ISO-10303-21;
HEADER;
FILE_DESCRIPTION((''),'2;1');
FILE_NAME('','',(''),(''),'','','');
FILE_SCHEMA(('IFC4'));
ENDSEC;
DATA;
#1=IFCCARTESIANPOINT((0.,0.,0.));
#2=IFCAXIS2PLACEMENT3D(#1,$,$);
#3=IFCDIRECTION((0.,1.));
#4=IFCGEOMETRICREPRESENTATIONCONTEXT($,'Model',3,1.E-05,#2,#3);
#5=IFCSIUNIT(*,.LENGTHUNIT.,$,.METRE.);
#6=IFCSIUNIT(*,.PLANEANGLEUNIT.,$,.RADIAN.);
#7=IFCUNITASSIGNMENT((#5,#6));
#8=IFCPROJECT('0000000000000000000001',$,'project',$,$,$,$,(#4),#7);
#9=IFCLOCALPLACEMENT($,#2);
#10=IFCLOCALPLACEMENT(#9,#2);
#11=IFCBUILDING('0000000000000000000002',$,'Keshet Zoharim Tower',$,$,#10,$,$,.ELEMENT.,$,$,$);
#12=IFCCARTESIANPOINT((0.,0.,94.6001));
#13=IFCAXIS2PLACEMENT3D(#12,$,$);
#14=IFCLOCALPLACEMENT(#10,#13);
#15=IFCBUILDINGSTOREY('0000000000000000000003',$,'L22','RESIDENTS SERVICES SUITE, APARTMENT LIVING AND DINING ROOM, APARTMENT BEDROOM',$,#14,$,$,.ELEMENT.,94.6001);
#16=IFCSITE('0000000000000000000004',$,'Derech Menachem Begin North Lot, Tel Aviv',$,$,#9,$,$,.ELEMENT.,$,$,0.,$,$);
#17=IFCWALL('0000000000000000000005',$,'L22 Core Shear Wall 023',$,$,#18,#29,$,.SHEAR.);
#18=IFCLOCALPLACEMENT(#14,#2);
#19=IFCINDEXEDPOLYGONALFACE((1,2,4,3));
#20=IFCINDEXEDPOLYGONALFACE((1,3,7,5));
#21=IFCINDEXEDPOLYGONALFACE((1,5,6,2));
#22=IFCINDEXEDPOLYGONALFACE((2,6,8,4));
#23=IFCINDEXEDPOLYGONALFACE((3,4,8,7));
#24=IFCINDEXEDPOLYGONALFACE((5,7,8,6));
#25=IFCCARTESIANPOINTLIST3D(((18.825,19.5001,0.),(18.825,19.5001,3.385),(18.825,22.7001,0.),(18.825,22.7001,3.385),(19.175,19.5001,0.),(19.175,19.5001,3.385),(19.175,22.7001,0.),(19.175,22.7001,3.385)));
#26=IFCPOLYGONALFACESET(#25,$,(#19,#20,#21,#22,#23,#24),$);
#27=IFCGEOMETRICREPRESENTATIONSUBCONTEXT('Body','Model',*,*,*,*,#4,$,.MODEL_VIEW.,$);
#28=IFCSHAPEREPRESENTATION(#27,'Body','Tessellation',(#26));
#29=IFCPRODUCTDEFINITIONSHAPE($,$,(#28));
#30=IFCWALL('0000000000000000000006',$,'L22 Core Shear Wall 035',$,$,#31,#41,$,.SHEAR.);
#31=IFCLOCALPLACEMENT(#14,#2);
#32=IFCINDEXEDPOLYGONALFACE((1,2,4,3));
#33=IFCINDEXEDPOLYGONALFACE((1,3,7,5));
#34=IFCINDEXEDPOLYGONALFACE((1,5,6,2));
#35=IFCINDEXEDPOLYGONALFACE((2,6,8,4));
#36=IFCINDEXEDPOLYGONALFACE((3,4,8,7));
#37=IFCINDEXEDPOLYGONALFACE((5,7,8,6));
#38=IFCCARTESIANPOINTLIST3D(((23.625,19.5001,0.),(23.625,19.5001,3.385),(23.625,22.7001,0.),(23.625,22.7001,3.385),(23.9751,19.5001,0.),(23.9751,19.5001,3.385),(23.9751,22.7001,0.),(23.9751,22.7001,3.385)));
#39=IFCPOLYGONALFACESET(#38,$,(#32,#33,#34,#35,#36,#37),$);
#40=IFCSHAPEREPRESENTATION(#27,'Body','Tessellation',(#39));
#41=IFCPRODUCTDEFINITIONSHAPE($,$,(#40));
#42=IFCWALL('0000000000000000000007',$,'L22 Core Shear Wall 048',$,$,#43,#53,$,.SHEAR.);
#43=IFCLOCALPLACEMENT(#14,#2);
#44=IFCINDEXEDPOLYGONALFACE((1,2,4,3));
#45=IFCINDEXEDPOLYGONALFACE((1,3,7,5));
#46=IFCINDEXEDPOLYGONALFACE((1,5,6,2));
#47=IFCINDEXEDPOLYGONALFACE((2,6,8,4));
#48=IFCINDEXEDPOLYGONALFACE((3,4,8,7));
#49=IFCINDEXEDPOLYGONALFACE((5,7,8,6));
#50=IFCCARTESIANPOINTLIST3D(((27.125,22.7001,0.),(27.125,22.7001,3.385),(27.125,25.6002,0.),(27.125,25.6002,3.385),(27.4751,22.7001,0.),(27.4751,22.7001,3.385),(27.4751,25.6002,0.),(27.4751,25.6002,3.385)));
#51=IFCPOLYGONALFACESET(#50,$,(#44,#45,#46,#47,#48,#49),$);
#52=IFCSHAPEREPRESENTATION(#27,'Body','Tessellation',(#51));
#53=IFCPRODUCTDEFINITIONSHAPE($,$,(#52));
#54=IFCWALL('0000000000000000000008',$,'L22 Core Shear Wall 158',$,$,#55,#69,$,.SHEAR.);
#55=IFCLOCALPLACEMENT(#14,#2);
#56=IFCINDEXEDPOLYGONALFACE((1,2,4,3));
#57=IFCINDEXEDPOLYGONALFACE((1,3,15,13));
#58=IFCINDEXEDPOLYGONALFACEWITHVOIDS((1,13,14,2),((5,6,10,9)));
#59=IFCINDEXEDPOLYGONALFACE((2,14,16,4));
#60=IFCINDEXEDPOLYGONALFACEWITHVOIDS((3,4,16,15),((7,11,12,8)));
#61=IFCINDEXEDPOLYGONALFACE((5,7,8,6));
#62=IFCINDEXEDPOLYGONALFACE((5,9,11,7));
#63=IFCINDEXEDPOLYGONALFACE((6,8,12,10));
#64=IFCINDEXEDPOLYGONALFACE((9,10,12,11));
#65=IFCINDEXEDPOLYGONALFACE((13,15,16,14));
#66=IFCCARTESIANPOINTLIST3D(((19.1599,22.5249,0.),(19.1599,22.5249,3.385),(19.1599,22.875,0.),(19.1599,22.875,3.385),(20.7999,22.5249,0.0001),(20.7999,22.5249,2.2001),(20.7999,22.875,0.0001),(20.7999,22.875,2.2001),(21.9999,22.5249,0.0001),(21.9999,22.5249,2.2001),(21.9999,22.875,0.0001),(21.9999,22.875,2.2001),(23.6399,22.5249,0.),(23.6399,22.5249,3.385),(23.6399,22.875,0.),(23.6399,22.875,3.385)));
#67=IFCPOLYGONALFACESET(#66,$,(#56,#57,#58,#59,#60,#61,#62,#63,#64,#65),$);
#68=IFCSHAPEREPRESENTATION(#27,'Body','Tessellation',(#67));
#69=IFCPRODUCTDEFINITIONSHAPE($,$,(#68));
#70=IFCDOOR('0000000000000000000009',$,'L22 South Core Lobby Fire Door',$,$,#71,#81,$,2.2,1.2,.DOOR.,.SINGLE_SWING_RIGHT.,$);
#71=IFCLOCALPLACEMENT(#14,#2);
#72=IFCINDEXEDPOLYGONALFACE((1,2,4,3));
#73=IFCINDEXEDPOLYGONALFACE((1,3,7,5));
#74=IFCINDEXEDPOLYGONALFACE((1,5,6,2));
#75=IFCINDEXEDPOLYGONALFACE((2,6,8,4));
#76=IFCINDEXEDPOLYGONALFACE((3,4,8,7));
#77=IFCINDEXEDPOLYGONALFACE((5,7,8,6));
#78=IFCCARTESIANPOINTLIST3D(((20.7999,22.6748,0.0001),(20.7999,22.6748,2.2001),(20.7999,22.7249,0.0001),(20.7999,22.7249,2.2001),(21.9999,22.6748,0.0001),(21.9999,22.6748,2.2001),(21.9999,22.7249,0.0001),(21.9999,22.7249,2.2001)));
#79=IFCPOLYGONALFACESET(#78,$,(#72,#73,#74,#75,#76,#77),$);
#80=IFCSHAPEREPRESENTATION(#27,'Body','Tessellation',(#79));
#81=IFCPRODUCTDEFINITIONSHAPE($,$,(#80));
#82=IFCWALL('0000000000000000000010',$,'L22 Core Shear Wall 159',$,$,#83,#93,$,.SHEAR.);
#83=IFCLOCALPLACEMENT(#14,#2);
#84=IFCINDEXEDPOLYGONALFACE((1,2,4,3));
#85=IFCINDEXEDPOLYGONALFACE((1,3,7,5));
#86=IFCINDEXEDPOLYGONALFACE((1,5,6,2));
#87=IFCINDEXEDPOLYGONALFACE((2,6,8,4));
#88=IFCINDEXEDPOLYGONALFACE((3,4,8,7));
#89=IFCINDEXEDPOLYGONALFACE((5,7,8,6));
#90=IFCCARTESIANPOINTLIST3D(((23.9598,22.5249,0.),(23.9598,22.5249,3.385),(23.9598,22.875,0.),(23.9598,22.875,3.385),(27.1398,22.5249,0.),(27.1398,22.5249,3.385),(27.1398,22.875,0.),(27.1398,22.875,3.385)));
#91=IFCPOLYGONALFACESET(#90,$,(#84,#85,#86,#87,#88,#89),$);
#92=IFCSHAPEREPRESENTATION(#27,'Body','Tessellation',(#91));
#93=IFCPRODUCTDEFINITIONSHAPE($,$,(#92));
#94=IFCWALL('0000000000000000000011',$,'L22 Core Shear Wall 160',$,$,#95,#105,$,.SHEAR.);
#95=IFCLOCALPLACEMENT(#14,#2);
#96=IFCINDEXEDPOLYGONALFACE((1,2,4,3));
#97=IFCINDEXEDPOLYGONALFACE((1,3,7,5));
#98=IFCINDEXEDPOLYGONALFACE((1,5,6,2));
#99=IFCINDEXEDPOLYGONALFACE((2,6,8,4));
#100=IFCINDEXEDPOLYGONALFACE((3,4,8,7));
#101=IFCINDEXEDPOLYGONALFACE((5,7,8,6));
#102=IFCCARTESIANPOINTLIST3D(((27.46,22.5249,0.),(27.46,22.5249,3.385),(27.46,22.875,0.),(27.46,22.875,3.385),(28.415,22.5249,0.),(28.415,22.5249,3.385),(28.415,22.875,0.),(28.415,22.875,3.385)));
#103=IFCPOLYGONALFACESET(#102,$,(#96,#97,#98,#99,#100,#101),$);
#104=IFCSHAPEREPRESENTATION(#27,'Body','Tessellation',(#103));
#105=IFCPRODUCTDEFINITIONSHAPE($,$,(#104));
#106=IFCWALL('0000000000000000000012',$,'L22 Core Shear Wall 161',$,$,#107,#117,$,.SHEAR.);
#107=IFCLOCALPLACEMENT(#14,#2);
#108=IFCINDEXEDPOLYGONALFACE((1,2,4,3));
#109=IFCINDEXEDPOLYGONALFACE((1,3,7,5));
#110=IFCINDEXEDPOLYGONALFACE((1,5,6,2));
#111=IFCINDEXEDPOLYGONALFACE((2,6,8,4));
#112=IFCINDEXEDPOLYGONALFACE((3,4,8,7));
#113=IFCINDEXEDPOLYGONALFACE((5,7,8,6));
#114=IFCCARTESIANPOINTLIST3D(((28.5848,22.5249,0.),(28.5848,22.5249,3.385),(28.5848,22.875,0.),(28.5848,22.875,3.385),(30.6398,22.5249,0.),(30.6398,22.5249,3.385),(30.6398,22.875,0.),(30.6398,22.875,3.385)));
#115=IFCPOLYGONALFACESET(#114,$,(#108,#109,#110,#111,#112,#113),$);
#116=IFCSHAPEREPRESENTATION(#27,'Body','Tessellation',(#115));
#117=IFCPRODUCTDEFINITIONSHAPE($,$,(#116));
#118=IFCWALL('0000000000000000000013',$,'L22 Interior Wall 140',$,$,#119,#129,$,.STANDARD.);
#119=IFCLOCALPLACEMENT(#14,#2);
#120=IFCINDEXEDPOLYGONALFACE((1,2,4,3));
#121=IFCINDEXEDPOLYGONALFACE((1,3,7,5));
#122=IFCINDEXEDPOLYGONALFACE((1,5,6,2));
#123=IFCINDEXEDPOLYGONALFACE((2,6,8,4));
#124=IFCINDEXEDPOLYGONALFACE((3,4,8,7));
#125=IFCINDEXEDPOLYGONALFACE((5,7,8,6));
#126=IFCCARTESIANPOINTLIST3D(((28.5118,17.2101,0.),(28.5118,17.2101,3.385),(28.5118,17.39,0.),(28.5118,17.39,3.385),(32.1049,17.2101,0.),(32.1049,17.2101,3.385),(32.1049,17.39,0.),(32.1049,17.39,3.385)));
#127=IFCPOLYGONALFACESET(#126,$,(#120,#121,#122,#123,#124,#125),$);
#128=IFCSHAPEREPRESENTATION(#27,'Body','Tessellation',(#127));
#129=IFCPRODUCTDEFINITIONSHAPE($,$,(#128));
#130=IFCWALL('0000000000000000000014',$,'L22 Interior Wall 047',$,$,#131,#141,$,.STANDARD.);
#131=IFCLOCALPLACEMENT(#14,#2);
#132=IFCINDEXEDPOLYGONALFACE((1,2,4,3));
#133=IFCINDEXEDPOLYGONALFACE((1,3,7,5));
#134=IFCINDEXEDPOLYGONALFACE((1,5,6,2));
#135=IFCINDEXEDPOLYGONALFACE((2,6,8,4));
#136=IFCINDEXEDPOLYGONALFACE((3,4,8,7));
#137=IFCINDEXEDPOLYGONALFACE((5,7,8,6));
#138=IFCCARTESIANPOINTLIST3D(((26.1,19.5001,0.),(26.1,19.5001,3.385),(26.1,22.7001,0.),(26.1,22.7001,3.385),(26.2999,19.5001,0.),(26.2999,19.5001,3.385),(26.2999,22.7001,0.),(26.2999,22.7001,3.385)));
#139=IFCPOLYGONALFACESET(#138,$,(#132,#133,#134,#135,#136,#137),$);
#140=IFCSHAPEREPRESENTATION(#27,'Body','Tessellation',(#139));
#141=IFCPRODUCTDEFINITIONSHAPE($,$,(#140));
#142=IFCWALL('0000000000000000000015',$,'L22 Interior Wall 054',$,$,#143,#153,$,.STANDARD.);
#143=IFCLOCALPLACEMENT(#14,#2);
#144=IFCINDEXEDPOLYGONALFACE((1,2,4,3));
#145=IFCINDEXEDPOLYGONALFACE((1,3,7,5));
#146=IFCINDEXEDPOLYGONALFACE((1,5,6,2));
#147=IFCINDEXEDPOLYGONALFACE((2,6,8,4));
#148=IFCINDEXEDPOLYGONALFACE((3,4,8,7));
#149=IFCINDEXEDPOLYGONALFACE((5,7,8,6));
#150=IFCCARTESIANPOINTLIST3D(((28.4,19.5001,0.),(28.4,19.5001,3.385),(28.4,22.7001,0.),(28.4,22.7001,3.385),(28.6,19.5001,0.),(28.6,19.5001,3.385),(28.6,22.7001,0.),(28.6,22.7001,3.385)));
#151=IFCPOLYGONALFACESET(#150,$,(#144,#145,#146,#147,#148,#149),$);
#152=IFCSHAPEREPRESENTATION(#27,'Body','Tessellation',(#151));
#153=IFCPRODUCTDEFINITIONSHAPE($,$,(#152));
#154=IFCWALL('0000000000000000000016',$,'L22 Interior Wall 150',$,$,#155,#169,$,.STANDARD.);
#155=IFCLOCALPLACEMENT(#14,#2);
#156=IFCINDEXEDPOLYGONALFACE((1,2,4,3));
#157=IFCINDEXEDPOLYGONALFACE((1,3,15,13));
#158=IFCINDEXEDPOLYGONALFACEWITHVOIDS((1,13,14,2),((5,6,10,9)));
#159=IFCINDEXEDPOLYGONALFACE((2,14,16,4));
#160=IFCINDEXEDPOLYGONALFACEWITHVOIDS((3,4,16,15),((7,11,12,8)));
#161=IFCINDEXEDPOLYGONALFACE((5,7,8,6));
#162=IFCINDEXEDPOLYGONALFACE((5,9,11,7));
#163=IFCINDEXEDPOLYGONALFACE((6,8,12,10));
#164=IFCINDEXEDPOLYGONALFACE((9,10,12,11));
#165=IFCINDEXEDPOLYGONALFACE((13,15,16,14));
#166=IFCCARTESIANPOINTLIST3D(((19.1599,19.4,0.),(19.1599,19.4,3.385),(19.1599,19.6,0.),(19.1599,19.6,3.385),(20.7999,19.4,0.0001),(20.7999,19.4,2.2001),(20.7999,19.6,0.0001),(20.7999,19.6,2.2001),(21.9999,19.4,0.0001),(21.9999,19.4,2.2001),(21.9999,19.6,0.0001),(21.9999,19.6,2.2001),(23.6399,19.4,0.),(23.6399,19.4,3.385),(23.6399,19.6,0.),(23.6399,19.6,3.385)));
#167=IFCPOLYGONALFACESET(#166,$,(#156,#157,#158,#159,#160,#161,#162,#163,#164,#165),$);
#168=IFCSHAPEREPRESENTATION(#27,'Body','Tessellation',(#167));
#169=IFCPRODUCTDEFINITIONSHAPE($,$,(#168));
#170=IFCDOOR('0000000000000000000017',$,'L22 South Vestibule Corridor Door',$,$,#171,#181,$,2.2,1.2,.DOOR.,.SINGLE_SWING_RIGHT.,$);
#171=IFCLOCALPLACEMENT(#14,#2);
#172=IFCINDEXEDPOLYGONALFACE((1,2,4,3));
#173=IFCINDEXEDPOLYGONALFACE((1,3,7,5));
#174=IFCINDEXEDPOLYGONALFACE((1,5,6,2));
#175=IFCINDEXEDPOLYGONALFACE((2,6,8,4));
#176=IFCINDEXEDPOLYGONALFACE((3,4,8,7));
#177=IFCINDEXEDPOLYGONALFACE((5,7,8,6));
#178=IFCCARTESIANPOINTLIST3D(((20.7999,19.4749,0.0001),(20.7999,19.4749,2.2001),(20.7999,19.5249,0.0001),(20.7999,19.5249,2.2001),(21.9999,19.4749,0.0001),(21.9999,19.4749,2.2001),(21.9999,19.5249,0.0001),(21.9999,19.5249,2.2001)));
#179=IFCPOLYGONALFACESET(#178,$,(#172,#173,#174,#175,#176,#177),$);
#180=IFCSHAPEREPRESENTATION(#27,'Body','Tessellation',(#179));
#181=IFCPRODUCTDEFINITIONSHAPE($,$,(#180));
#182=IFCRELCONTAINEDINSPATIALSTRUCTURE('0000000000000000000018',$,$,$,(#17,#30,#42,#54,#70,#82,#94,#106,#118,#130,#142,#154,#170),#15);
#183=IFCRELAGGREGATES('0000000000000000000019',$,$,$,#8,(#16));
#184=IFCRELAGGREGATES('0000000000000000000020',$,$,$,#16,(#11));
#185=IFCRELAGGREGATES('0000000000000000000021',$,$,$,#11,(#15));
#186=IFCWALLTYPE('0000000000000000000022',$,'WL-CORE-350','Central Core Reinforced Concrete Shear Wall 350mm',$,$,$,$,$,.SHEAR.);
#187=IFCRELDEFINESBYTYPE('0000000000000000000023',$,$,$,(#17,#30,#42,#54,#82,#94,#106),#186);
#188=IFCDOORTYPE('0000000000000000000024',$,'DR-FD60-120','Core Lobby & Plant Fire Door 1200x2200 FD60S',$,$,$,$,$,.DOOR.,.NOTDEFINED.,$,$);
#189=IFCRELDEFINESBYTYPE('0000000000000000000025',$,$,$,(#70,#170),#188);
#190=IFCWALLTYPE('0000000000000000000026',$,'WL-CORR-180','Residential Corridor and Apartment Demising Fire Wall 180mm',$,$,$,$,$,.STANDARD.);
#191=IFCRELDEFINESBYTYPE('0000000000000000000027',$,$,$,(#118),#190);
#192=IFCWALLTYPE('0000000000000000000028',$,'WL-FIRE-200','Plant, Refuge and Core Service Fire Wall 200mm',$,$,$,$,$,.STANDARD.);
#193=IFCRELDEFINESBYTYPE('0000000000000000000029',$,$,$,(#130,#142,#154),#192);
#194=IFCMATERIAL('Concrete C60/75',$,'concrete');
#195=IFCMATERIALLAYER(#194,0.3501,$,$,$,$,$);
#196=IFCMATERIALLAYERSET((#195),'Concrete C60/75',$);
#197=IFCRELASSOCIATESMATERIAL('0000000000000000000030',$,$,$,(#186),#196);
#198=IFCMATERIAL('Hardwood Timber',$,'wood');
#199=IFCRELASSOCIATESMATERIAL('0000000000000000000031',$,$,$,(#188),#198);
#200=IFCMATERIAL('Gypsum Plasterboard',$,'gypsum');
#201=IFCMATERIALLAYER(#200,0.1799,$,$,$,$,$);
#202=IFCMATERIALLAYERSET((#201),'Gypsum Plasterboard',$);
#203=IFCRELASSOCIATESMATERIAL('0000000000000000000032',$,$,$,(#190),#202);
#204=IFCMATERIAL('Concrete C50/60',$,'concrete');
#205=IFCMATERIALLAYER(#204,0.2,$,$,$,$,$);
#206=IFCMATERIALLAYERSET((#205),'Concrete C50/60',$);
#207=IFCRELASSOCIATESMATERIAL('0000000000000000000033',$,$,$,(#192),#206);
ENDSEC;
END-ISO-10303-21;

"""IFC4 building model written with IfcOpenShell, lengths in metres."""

from ifc_helpers import new_model, si_unit, direction, frame, frame_2d, origin, place, context, subcontext, project, spatial, rectangle, extrude, material, layer, layer_set, type_object, element, fill, save


model = new_model("IFC4")

# Units and contexts
model_context = context("Model", 3, precision=1e-05, world=origin(), true_north=direction((0.0, 1.0)))
body_context = subcontext(model_context, "Body", "Model", "MODEL_VIEW")
ifc_project = project(units=[si_unit("LENGTHUNIT", "METRE"), si_unit("PLANEANGLEUNIT", "RADIAN")], contexts=[model_context])

# Site, building, storey
site_placement = place(None, origin())
site = spatial("IfcSite", under=ifc_project, at=site_placement, Name="Derech Menachem Begin North Lot, Tel Aviv", CompositionType="ELEMENT", RefElevation=0.0)
building_placement = place(site_placement, origin())
building = spatial("IfcBuilding", under=site, at=building_placement, Name="Keshet Zoharim Tower", CompositionType="ELEMENT")
storey_placement = place(building_placement, frame((0.0, 0.0, 94.6001)))
storey = spatial("IfcBuildingStorey", under=building, at=storey_placement, Name="L22", Description="RESIDENTS SERVICES SUITE, APARTMENT LIVING AND DINING ROOM, APARTMENT BEDROOM", CompositionType="ELEMENT", Elevation=94.6001)

# Wall
ifc_material_1 = material(Name="Concrete C60/75", Category="concrete")
ifc_layer_1 = layer(ifc_material_1, 0.3501)
ifc_layer_set_1 = layer_set([ifc_layer_1], Name="Concrete C60/75")
wall_type_1 = type_object("IfcWallType", Name="WL-CORE-350", Description="Central Core Reinforced Concrete Shear Wall 350mm", PredefinedType="SHEAR", material=ifc_layer_set_1)
wall_1_placement = place(storey_placement, frame((19.0, 19.5, 0.0), z_axis=(0.0, 0.0, 1.0), x_axis=(0.0, 1.0, 0.0)))
element("IfcWall", 1, at=wall_1_placement, inside=storey, type_object=wall_type_1, Name="L22 Core Shear Wall 023", PredefinedType="SHEAR", context=body_context, shape_type="SweptSolid", body=[
    extrude(rectangle(XDim=3.2, YDim=0.3501, at=frame_2d((1.6001, 0.0))), origin(), (0.0, 0.0, 1.0), 3.385),
])

# Shared definitions
ifc_material_2 = material(Name="Hardwood Timber", Category="wood")

# Wall
wall_2_placement = place(storey_placement, frame((23.8, 19.5, 0.0), z_axis=(0.0, 0.0, 1.0), x_axis=(0.0, 1.0, 0.0)))
element("IfcWall", 2, at=wall_2_placement, inside=storey, type_object=wall_type_1, Name="L22 Core Shear Wall 035", PredefinedType="SHEAR", context=body_context, shape_type="SweptSolid", body=[
    extrude(rectangle(XDim=3.2, YDim=0.3501, at=frame_2d((1.6001, 0.0))), origin(), (0.0, 0.0, 1.0), 3.385),
])

# Wall
wall_3_placement = place(storey_placement, frame((27.3, 22.7, 0.0), z_axis=(0.0, 0.0, 1.0), x_axis=(0.0, 1.0, 0.0)))
element("IfcWall", 3, at=wall_3_placement, inside=storey, type_object=wall_type_1, Name="L22 Core Shear Wall 048", PredefinedType="SHEAR", context=body_context, shape_type="SweptSolid", body=[
    extrude(rectangle(XDim=2.9001, YDim=0.3501, at=frame_2d((1.4502, 0.0))), origin(), (0.0, 0.0, 1.0), 3.385),
])

# Wall, opening, door
wall_4_placement = place(storey_placement, frame((19.1599, 22.7, 0.0), z_axis=(0.0, 0.0, 1.0), x_axis=(1.0, 0.0, 0.0)))
wall_4 = element("IfcWall", 4, at=wall_4_placement, inside=storey, type_object=wall_type_1, Name="L22 Core Shear Wall 158", PredefinedType="SHEAR", context=body_context, shape_type="SweptSolid", body=[
    extrude(rectangle(XDim=4.48, YDim=0.3501, at=frame_2d((2.24, 0.0))), origin(), (0.0, 0.0, 1.0), 3.385),
])
opening_1_placement = place(wall_4_placement, frame((1.6399, 0.0, 0.0)))
opening_1 = element("IfcOpeningElement", 5, at=opening_1_placement, cuts=wall_4, PredefinedType="OPENING", context=body_context, shape_type="SweptSolid", body=[
    extrude(rectangle(XDim=1.2, YDim=2.2, at=frame_2d((0.6001, 1.1001))), frame((0.0, 0.1851, 0.0), z_axis=(0.0, -1.0, 0.0), x_axis=(1.0, 0.0, 0.0)), (0.0, 0.0, 1.0), 0.3701),
])
door_type_1 = type_object("IfcDoorType", Name="DR-FD60-120", Description="Core Lobby & Plant Fire Door 1200x2200 FD60S", OperationType="NOTDEFINED", PredefinedType="DOOR", material=ifc_material_2)
door_1_placement = place(opening_1_placement, origin())
door_1 = element("IfcDoor", 6, at=door_1_placement, inside=storey, type_object=door_type_1, Name="L22 South Core Lobby Fire Door", OperationType="SINGLE_SWING_RIGHT", OverallHeight=2.2, OverallWidth=1.2, PredefinedType="DOOR", context=body_context, shape_type="SweptSolid", body=[
    extrude(rectangle(XDim=1.2, YDim=2.2, at=frame_2d((0.6001, 1.1001))), frame((0.0, 0.0249, 0.0), z_axis=(0.0, -1.0, 0.0), x_axis=(1.0, 0.0, 0.0)), (0.0, 0.0, 1.0), 0.05),
])
fill(opening_1, door_1)

# Walls
wall_5_placement = place(storey_placement, frame((23.96, 22.7, 0.0), z_axis=(0.0, 0.0, 1.0), x_axis=(1.0, 0.0, 0.0)))
element("IfcWall", 7, at=wall_5_placement, inside=storey, type_object=wall_type_1, Name="L22 Core Shear Wall 159", PredefinedType="SHEAR", context=body_context, shape_type="SweptSolid", body=[
    extrude(rectangle(XDim=3.1799, YDim=0.3501, at=frame_2d((1.5898, 0.0))), origin(), (0.0, 0.0, 1.0), 3.385),
])
wall_6_placement = place(storey_placement, frame((27.46, 22.7, 0.0), z_axis=(0.0, 0.0, 1.0), x_axis=(1.0, 0.0, 0.0)))
element("IfcWall", 8, at=wall_6_placement, inside=storey, type_object=wall_type_1, Name="L22 Core Shear Wall 160", PredefinedType="SHEAR", context=body_context, shape_type="SweptSolid", body=[
    extrude(rectangle(XDim=0.9551, YDim=0.3501, at=frame_2d((0.4775, 0.0))), origin(), (0.0, 0.0, 1.0), 3.385),
])
wall_7_placement = place(storey_placement, frame((28.585, 22.7, 0.0), z_axis=(0.0, 0.0, 1.0), x_axis=(1.0, 0.0, 0.0)))
element("IfcWall", 9, at=wall_7_placement, inside=storey, type_object=wall_type_1, Name="L22 Core Shear Wall 161", PredefinedType="SHEAR", context=body_context, shape_type="SweptSolid", body=[
    extrude(rectangle(XDim=2.0549, YDim=0.3501, at=frame_2d((1.0273, 0.0))), origin(), (0.0, 0.0, 1.0), 3.385),
])
ifc_material_3 = material(Name="Gypsum Plasterboard", Category="gypsum")
ifc_layer_2 = layer(ifc_material_3, 0.1799)
ifc_layer_set_2 = layer_set([ifc_layer_2], Name="Gypsum Plasterboard")
wall_type_2 = type_object("IfcWallType", Name="WL-CORR-180", Description="Residential Corridor and Apartment Demising Fire Wall 180mm", PredefinedType="STANDARD", material=ifc_layer_set_2)
wall_8_placement = place(storey_placement, frame((28.512, 17.3, 0.0), z_axis=(0.0, 0.0, 1.0), x_axis=(1.0, 0.0, 0.0)))
element("IfcWall", 10, at=wall_8_placement, inside=storey, type_object=wall_type_2, Name="L22 Interior Wall 140", PredefinedType="STANDARD", context=body_context, shape_type="SweptSolid", body=[
    extrude(rectangle(XDim=3.593, YDim=0.1799, at=frame_2d((1.7964, 0.0))), origin(), (0.0, 0.0, 1.0), 3.385),
])
ifc_material_4 = material(Name="Concrete C50/60", Category="concrete")
ifc_layer_3 = layer(ifc_material_4, 0.2)
ifc_layer_set_3 = layer_set([ifc_layer_3], Name="Concrete C50/60")
wall_type_3 = type_object("IfcWallType", Name="WL-FIRE-200", Description="Plant, Refuge and Core Service Fire Wall 200mm", PredefinedType="STANDARD", material=ifc_layer_set_3)
for number, where, z_axis, x_axis, name in (
    (11, (26.2, 19.5, 0.0), (0.0, 0.0, 1.0), (0.0, 1.0, 0.0), "L22 Interior Wall 047"),
    (12, (28.5, 19.5, 0.0), (0.0, 0.0, 1.0), (0.0, 1.0, 0.0), "L22 Interior Wall 054"),
):
    element("IfcWall", number, at=place(storey_placement, frame(where, z_axis=z_axis, x_axis=x_axis)), inside=storey, type_object=wall_type_3, Name=name, PredefinedType="STANDARD", context=body_context, shape_type="SweptSolid", body=[
        extrude(rectangle(XDim=3.2, YDim=0.2, at=frame_2d((1.6001, 0.0))), origin(), (0.0, 0.0, 1.0), 3.385),
    ])

# Wall, opening, door
wall_9_placement = place(storey_placement, frame((19.1599, 19.5, 0.0), z_axis=(0.0, 0.0, 1.0), x_axis=(1.0, 0.0, 0.0)))
wall_9 = element("IfcWall", 13, at=wall_9_placement, inside=storey, type_object=wall_type_3, Name="L22 Interior Wall 150", PredefinedType="STANDARD", context=body_context, shape_type="SweptSolid", body=[
    extrude(rectangle(XDim=4.48, YDim=0.2, at=frame_2d((2.24, 0.0))), origin(), (0.0, 0.0, 1.0), 3.385),
])
opening_2_placement = place(wall_9_placement, frame((1.6399, 0.0, 0.0)))
opening_2 = element("IfcOpeningElement", 14, at=opening_2_placement, cuts=wall_9, PredefinedType="OPENING", context=body_context, shape_type="SweptSolid", body=[
    extrude(rectangle(XDim=1.2, YDim=2.2, at=frame_2d((0.6001, 1.1001))), frame((0.0, 0.1099, 0.0), z_axis=(0.0, -1.0, 0.0), x_axis=(1.0, 0.0, 0.0)), (0.0, 0.0, 1.0), 0.22),
])
door_2_placement = place(opening_2_placement, origin())
door_2 = element("IfcDoor", 15, at=door_2_placement, inside=storey, type_object=door_type_1, Name="L22 South Vestibule Corridor Door", OperationType="SINGLE_SWING_RIGHT", OverallHeight=2.2, OverallWidth=1.2, PredefinedType="DOOR", context=body_context, shape_type="SweptSolid", body=[
    extrude(rectangle(XDim=1.2, YDim=2.2, at=frame_2d((0.6001, 1.1001))), frame((0.0, 0.0249, 0.0), z_axis=(0.0, -1.0, 0.0), x_axis=(1.0, 0.0, 0.0)), (0.0, 0.0, 1.0), 0.05),
])
fill(opening_2, door_2)

save(model, "model.ifc")
